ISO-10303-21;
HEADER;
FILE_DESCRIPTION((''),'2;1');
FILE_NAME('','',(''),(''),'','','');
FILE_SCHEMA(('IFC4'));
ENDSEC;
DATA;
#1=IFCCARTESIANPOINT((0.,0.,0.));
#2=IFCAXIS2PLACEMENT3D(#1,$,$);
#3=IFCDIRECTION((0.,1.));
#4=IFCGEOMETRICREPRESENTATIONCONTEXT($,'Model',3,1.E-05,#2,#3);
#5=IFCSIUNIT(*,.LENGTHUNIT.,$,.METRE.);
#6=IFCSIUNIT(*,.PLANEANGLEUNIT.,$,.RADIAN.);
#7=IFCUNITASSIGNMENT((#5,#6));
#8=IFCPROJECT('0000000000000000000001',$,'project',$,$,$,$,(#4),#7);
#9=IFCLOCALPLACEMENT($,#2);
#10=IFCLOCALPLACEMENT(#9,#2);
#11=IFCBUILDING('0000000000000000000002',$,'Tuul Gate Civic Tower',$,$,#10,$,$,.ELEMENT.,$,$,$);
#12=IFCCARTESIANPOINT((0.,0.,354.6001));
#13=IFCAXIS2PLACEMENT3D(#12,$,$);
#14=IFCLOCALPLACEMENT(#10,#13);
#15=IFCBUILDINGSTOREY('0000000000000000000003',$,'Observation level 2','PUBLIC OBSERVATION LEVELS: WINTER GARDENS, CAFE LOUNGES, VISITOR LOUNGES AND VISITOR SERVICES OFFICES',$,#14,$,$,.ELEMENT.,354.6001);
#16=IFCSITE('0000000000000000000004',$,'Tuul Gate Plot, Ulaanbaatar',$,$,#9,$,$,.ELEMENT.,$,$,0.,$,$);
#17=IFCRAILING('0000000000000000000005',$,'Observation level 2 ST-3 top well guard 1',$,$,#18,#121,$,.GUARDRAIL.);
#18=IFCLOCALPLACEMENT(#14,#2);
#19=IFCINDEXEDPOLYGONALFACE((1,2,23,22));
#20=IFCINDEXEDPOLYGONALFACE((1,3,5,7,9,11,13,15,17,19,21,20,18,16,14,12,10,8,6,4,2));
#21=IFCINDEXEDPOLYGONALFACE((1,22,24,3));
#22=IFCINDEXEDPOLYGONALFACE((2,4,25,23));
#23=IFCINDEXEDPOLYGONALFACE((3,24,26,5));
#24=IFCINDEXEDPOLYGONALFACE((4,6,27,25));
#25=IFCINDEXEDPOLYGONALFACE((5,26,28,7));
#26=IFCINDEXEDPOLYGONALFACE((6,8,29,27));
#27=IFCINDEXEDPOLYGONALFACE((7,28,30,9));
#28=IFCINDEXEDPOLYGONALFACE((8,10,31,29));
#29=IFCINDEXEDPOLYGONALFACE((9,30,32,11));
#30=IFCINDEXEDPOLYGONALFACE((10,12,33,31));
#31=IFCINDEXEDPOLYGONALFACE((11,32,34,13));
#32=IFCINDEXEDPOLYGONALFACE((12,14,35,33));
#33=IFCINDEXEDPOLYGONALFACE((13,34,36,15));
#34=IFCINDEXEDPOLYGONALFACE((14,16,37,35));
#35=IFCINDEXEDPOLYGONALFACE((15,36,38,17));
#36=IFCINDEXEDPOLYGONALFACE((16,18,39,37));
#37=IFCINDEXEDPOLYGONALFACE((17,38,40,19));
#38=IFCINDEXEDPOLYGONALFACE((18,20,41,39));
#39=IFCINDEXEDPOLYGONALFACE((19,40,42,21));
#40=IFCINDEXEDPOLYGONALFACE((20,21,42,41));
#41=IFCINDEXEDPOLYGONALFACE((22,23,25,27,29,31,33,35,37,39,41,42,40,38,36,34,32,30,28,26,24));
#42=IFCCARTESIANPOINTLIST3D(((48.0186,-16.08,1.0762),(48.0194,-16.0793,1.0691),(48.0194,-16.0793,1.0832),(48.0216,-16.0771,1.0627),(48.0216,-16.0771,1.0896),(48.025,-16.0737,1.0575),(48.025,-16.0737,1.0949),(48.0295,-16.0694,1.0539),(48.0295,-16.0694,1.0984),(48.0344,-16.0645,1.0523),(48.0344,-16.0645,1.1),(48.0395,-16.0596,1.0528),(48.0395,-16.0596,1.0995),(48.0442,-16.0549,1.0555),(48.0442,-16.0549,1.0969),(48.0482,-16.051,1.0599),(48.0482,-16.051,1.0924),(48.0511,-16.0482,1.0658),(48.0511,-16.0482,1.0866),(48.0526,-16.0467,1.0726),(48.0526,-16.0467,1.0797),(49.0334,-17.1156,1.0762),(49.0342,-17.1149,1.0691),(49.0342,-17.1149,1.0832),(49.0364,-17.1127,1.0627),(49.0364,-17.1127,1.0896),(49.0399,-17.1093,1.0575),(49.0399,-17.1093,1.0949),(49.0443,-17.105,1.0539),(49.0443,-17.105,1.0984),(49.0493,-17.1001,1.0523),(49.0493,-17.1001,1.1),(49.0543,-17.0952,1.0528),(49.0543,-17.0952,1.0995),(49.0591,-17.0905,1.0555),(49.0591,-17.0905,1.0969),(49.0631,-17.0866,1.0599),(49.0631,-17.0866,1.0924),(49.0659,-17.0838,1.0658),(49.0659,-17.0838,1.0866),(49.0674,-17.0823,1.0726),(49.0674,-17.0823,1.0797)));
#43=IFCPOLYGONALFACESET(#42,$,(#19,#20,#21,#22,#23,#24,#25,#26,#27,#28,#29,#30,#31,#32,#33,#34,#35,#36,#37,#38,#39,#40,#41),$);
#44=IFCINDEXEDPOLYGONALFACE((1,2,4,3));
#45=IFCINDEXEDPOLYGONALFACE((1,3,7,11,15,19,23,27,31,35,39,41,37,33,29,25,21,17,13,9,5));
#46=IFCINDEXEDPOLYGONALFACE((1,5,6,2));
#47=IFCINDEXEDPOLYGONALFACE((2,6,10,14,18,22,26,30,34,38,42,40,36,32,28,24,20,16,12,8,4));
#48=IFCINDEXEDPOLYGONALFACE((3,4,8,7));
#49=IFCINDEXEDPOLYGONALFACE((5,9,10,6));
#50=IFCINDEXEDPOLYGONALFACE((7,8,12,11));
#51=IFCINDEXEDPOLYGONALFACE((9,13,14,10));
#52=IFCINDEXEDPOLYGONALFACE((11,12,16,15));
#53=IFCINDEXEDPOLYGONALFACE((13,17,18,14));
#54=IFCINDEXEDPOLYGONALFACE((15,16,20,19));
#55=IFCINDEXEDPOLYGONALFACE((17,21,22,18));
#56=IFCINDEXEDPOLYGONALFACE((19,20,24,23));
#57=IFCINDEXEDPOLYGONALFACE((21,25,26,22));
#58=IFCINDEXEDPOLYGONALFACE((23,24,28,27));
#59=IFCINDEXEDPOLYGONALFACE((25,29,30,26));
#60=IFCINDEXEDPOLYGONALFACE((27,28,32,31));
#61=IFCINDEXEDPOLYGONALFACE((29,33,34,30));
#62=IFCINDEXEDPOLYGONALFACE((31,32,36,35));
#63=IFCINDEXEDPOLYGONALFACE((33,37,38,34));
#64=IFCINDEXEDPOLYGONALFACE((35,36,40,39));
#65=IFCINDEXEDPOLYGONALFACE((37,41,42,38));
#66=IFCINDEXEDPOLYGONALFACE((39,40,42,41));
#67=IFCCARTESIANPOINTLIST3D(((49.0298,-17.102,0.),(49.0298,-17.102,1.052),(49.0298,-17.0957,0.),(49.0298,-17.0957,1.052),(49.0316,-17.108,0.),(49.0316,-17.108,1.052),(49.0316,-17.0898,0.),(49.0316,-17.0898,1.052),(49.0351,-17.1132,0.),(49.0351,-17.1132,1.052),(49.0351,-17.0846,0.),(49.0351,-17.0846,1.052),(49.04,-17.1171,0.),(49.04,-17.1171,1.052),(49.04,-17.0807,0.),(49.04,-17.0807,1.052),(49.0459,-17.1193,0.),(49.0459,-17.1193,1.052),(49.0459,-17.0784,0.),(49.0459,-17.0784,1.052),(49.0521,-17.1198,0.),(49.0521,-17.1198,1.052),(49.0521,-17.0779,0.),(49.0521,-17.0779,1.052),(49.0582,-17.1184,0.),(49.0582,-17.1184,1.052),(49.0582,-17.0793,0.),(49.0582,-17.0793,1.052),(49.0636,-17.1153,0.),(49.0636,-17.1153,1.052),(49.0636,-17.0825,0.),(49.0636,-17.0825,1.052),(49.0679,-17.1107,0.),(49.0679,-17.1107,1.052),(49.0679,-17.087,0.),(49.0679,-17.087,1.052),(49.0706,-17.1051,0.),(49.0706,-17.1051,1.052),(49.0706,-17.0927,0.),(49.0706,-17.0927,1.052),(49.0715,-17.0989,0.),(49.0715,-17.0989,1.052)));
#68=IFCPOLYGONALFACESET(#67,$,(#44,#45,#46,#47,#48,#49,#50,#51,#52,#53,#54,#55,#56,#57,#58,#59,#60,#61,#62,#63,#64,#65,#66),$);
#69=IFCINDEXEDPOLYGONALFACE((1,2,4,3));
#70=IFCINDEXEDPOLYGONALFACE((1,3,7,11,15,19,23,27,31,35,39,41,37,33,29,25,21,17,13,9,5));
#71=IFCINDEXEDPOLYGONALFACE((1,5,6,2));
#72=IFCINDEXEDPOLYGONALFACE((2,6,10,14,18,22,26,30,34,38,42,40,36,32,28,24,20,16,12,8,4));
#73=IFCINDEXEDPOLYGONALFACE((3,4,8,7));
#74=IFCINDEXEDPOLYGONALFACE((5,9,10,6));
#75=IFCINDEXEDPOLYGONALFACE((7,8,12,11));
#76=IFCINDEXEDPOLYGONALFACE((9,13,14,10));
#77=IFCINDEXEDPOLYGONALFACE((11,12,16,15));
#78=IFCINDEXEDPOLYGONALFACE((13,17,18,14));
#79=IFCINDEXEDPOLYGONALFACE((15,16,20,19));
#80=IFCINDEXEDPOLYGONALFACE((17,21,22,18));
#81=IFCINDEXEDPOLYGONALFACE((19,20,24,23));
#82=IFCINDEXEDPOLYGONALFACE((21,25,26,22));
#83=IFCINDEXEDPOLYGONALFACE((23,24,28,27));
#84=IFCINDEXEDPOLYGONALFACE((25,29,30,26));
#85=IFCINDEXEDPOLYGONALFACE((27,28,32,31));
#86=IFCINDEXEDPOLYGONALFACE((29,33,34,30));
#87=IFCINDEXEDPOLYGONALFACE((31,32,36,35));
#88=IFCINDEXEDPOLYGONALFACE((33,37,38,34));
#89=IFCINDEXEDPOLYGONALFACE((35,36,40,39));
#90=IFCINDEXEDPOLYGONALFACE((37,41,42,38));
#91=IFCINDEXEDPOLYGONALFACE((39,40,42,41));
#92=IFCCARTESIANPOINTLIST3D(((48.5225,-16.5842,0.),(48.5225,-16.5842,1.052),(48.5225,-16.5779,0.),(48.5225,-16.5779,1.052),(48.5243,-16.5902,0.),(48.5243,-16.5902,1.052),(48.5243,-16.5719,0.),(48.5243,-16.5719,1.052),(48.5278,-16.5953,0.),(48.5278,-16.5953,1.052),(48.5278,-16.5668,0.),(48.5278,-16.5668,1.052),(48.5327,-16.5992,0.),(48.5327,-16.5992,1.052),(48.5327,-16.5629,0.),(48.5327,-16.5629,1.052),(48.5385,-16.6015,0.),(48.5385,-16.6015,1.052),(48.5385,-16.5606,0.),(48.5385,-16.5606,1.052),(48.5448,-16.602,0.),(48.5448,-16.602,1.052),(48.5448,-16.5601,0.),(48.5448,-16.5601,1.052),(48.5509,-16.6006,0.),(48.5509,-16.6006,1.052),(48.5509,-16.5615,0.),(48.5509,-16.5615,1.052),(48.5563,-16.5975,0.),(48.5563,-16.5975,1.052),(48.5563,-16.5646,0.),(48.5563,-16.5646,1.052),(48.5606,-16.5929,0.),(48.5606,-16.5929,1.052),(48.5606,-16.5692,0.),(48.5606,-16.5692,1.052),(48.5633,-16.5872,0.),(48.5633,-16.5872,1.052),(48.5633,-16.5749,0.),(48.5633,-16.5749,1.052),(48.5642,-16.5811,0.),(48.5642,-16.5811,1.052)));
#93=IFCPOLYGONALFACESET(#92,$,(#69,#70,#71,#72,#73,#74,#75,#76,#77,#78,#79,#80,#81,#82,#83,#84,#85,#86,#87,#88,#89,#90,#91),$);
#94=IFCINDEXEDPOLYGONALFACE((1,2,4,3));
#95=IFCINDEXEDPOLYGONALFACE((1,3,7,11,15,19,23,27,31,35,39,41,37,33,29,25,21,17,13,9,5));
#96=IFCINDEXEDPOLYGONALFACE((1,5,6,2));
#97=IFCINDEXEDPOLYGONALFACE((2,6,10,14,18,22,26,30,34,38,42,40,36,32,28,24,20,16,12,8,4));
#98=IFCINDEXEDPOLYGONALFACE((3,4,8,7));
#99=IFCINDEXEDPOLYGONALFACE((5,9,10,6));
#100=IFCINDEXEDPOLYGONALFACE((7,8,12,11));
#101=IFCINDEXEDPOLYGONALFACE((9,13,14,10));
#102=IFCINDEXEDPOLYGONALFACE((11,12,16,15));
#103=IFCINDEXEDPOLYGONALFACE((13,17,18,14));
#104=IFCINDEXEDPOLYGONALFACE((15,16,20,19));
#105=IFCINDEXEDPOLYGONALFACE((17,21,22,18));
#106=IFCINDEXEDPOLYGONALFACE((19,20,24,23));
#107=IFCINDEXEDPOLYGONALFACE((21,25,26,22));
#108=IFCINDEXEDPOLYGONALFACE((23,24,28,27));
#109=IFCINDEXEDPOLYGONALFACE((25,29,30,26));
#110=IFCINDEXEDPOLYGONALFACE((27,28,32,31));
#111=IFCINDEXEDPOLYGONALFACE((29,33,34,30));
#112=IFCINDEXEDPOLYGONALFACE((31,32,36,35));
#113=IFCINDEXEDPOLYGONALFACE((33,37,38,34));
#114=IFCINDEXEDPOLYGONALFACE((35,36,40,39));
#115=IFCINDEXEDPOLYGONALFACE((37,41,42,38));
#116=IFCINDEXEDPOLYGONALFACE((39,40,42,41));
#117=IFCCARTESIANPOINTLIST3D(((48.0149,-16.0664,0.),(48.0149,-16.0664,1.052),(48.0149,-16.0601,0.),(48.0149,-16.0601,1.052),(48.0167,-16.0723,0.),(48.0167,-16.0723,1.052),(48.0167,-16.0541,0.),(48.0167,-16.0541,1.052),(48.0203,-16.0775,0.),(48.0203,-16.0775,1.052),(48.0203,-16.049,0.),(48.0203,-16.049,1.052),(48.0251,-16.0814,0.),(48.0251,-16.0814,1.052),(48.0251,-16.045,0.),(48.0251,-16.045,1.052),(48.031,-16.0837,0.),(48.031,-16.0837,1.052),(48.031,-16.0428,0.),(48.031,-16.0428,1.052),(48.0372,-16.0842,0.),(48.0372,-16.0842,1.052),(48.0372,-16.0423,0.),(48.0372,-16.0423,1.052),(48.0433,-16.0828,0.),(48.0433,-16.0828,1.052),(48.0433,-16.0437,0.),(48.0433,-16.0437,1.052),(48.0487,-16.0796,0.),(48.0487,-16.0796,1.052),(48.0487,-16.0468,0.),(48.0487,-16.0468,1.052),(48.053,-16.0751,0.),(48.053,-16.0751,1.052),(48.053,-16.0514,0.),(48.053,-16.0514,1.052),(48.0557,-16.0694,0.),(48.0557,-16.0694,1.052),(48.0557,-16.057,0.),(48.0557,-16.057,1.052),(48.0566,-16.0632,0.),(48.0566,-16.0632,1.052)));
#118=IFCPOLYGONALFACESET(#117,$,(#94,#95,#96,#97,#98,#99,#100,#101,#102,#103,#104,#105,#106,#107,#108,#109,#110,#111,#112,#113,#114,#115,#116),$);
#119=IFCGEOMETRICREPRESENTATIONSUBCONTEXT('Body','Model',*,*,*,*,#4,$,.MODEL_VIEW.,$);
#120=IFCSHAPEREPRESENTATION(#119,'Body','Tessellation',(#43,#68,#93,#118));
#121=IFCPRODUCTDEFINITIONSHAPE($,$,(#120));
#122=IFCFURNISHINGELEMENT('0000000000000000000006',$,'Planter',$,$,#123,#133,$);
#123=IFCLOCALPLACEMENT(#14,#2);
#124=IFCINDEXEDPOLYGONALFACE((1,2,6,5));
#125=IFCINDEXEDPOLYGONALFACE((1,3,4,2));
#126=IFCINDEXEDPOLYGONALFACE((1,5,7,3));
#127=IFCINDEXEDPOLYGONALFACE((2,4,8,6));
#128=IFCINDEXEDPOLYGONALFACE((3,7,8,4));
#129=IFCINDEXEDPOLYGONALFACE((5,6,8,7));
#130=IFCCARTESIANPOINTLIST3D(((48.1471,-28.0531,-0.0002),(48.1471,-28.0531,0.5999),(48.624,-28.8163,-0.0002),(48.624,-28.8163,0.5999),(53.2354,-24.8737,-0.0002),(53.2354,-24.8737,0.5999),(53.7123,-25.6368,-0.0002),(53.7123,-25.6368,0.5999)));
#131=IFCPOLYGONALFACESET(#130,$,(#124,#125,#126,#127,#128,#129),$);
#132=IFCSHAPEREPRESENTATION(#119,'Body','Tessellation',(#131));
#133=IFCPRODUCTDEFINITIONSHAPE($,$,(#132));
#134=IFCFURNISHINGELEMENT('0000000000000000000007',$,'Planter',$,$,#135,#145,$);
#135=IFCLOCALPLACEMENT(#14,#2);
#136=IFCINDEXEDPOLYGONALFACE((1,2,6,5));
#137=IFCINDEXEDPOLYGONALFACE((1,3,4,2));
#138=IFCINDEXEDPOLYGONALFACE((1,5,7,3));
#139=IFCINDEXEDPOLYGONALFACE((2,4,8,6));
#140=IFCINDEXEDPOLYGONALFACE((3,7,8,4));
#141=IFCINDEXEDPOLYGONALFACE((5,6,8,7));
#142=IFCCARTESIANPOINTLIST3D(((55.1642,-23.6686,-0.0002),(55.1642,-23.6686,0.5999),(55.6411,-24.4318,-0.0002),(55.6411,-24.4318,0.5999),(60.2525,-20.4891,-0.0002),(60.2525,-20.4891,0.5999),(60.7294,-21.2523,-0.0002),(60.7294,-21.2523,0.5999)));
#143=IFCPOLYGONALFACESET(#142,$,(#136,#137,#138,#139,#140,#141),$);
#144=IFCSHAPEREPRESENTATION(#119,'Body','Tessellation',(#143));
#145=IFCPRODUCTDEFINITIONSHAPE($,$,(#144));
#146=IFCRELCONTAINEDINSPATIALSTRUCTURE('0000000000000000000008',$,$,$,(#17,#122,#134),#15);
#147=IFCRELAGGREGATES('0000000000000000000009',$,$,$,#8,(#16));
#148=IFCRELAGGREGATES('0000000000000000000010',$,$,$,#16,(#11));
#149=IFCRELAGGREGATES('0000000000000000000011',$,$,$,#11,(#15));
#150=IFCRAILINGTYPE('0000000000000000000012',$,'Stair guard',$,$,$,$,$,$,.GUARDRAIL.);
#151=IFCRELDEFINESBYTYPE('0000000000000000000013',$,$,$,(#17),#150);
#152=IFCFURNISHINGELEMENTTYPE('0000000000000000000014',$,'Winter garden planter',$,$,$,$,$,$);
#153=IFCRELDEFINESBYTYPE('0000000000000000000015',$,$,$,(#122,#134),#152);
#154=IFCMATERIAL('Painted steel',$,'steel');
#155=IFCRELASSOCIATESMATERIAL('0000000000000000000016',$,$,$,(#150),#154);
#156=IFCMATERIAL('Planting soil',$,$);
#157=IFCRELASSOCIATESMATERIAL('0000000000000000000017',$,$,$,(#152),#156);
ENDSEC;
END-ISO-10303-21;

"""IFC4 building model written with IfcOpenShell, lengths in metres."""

from ifc_helpers import new_model, si_unit, direction, frame, origin, origin_2d, place, context, subcontext, project, spatial, rectangle, circle, extrude, material, type_object, element, save


model = new_model("IFC4")

# Units and contexts
model_context = context("Model", 3, precision=1e-05, world=origin(), true_north=direction((0.0, 1.0)))
body_context = subcontext(model_context, "Body", "Model", "MODEL_VIEW")
ifc_project = project(units=[si_unit("LENGTHUNIT", "METRE"), si_unit("PLANEANGLEUNIT", "RADIAN")], contexts=[model_context])

# Site, building, storey
site_placement = place(None, origin())
site = spatial("IfcSite", under=ifc_project, at=site_placement, Name="Tuul Gate Plot, Ulaanbaatar", CompositionType="ELEMENT", RefElevation=0.0)
building_placement = place(site_placement, origin())
building = spatial("IfcBuilding", under=site, at=building_placement, Name="Tuul Gate Civic Tower", CompositionType="ELEMENT")
storey_placement = place(building_placement, frame((0.0, 0.0, 354.6001)))
storey = spatial("IfcBuildingStorey", under=building, at=storey_placement, Name="Observation level 2", Description="PUBLIC OBSERVATION LEVELS: WINTER GARDENS, CAFE LOUNGES, VISITOR LOUNGES AND VISITOR SERVICES OFFICES", CompositionType="ELEMENT", Elevation=354.6001)

# Railing
ifc_material_1 = material(Name="Painted steel", Category="steel")
railing_type = type_object("IfcRailingType", Name="Stair guard", PredefinedType="GUARDRAIL", material=ifc_material_1)
railing_placement = place(storey_placement, frame((49.0505, -17.0989, 0.0)))
element("IfcRailing", 1, at=railing_placement, inside=storey, type_object=railing_type, Name="Observation level 2 ST-3 top well guard 1", PredefinedType="GUARDRAIL", context=body_context, shape_type="SweptSolid", body=[
    extrude(circle(Radius=0.0239, at=origin_2d()), frame((0.0, 0.0, 1.0762), z_axis=(-0.699915, 0.714226, 0.0), x_axis=(-0.714226, -0.699915, 0.0)), (0.0, 0.0, 1.0), 1.45),
    extrude(circle(Radius=0.021, at=origin_2d()), origin(), (0.0, 0.0, 1.0), 1.052),
    extrude(circle(Radius=0.021, at=origin_2d()), frame((-0.5073, 0.5178, 0.0)), (0.0, 0.0, 1.0), 1.052),
    extrude(circle(Radius=0.021, at=origin_2d()), frame((-1.0149, 1.0356, 0.0)), (0.0, 0.0, 1.0), 1.052),
])

# Furnishing elements
ifc_material_2 = material(Name="Planting soil")
furnishing_element_type = type_object("IfcFurnishingElementType", Name="Winter garden planter", material=ifc_material_2)
for number, where, z_axis, x_axis, name in (
    (2, (50.9297, -26.845, -0.0002), (0.0, 0.0, 1.0), (0.848053, 0.529912, 0.0), "Planter"),
    (3, (57.9468, -22.4604, -0.0002), (0.0, 0.0, 1.0), (0.848053, 0.529912, 0.0), "Planter"),
):
    element("IfcFurnishingElement", number, at=place(storey_placement, frame(where, z_axis=z_axis, x_axis=x_axis)), inside=storey, type_object=furnishing_element_type, Name=name, context=body_context, shape_type="SweptSolid", body=[
        extrude(rectangle(XDim=6.0, YDim=0.8999, at=origin_2d()), origin(), (0.0, 0.0, 1.0), 0.6001),
    ])

save(model, "model.ifc")
